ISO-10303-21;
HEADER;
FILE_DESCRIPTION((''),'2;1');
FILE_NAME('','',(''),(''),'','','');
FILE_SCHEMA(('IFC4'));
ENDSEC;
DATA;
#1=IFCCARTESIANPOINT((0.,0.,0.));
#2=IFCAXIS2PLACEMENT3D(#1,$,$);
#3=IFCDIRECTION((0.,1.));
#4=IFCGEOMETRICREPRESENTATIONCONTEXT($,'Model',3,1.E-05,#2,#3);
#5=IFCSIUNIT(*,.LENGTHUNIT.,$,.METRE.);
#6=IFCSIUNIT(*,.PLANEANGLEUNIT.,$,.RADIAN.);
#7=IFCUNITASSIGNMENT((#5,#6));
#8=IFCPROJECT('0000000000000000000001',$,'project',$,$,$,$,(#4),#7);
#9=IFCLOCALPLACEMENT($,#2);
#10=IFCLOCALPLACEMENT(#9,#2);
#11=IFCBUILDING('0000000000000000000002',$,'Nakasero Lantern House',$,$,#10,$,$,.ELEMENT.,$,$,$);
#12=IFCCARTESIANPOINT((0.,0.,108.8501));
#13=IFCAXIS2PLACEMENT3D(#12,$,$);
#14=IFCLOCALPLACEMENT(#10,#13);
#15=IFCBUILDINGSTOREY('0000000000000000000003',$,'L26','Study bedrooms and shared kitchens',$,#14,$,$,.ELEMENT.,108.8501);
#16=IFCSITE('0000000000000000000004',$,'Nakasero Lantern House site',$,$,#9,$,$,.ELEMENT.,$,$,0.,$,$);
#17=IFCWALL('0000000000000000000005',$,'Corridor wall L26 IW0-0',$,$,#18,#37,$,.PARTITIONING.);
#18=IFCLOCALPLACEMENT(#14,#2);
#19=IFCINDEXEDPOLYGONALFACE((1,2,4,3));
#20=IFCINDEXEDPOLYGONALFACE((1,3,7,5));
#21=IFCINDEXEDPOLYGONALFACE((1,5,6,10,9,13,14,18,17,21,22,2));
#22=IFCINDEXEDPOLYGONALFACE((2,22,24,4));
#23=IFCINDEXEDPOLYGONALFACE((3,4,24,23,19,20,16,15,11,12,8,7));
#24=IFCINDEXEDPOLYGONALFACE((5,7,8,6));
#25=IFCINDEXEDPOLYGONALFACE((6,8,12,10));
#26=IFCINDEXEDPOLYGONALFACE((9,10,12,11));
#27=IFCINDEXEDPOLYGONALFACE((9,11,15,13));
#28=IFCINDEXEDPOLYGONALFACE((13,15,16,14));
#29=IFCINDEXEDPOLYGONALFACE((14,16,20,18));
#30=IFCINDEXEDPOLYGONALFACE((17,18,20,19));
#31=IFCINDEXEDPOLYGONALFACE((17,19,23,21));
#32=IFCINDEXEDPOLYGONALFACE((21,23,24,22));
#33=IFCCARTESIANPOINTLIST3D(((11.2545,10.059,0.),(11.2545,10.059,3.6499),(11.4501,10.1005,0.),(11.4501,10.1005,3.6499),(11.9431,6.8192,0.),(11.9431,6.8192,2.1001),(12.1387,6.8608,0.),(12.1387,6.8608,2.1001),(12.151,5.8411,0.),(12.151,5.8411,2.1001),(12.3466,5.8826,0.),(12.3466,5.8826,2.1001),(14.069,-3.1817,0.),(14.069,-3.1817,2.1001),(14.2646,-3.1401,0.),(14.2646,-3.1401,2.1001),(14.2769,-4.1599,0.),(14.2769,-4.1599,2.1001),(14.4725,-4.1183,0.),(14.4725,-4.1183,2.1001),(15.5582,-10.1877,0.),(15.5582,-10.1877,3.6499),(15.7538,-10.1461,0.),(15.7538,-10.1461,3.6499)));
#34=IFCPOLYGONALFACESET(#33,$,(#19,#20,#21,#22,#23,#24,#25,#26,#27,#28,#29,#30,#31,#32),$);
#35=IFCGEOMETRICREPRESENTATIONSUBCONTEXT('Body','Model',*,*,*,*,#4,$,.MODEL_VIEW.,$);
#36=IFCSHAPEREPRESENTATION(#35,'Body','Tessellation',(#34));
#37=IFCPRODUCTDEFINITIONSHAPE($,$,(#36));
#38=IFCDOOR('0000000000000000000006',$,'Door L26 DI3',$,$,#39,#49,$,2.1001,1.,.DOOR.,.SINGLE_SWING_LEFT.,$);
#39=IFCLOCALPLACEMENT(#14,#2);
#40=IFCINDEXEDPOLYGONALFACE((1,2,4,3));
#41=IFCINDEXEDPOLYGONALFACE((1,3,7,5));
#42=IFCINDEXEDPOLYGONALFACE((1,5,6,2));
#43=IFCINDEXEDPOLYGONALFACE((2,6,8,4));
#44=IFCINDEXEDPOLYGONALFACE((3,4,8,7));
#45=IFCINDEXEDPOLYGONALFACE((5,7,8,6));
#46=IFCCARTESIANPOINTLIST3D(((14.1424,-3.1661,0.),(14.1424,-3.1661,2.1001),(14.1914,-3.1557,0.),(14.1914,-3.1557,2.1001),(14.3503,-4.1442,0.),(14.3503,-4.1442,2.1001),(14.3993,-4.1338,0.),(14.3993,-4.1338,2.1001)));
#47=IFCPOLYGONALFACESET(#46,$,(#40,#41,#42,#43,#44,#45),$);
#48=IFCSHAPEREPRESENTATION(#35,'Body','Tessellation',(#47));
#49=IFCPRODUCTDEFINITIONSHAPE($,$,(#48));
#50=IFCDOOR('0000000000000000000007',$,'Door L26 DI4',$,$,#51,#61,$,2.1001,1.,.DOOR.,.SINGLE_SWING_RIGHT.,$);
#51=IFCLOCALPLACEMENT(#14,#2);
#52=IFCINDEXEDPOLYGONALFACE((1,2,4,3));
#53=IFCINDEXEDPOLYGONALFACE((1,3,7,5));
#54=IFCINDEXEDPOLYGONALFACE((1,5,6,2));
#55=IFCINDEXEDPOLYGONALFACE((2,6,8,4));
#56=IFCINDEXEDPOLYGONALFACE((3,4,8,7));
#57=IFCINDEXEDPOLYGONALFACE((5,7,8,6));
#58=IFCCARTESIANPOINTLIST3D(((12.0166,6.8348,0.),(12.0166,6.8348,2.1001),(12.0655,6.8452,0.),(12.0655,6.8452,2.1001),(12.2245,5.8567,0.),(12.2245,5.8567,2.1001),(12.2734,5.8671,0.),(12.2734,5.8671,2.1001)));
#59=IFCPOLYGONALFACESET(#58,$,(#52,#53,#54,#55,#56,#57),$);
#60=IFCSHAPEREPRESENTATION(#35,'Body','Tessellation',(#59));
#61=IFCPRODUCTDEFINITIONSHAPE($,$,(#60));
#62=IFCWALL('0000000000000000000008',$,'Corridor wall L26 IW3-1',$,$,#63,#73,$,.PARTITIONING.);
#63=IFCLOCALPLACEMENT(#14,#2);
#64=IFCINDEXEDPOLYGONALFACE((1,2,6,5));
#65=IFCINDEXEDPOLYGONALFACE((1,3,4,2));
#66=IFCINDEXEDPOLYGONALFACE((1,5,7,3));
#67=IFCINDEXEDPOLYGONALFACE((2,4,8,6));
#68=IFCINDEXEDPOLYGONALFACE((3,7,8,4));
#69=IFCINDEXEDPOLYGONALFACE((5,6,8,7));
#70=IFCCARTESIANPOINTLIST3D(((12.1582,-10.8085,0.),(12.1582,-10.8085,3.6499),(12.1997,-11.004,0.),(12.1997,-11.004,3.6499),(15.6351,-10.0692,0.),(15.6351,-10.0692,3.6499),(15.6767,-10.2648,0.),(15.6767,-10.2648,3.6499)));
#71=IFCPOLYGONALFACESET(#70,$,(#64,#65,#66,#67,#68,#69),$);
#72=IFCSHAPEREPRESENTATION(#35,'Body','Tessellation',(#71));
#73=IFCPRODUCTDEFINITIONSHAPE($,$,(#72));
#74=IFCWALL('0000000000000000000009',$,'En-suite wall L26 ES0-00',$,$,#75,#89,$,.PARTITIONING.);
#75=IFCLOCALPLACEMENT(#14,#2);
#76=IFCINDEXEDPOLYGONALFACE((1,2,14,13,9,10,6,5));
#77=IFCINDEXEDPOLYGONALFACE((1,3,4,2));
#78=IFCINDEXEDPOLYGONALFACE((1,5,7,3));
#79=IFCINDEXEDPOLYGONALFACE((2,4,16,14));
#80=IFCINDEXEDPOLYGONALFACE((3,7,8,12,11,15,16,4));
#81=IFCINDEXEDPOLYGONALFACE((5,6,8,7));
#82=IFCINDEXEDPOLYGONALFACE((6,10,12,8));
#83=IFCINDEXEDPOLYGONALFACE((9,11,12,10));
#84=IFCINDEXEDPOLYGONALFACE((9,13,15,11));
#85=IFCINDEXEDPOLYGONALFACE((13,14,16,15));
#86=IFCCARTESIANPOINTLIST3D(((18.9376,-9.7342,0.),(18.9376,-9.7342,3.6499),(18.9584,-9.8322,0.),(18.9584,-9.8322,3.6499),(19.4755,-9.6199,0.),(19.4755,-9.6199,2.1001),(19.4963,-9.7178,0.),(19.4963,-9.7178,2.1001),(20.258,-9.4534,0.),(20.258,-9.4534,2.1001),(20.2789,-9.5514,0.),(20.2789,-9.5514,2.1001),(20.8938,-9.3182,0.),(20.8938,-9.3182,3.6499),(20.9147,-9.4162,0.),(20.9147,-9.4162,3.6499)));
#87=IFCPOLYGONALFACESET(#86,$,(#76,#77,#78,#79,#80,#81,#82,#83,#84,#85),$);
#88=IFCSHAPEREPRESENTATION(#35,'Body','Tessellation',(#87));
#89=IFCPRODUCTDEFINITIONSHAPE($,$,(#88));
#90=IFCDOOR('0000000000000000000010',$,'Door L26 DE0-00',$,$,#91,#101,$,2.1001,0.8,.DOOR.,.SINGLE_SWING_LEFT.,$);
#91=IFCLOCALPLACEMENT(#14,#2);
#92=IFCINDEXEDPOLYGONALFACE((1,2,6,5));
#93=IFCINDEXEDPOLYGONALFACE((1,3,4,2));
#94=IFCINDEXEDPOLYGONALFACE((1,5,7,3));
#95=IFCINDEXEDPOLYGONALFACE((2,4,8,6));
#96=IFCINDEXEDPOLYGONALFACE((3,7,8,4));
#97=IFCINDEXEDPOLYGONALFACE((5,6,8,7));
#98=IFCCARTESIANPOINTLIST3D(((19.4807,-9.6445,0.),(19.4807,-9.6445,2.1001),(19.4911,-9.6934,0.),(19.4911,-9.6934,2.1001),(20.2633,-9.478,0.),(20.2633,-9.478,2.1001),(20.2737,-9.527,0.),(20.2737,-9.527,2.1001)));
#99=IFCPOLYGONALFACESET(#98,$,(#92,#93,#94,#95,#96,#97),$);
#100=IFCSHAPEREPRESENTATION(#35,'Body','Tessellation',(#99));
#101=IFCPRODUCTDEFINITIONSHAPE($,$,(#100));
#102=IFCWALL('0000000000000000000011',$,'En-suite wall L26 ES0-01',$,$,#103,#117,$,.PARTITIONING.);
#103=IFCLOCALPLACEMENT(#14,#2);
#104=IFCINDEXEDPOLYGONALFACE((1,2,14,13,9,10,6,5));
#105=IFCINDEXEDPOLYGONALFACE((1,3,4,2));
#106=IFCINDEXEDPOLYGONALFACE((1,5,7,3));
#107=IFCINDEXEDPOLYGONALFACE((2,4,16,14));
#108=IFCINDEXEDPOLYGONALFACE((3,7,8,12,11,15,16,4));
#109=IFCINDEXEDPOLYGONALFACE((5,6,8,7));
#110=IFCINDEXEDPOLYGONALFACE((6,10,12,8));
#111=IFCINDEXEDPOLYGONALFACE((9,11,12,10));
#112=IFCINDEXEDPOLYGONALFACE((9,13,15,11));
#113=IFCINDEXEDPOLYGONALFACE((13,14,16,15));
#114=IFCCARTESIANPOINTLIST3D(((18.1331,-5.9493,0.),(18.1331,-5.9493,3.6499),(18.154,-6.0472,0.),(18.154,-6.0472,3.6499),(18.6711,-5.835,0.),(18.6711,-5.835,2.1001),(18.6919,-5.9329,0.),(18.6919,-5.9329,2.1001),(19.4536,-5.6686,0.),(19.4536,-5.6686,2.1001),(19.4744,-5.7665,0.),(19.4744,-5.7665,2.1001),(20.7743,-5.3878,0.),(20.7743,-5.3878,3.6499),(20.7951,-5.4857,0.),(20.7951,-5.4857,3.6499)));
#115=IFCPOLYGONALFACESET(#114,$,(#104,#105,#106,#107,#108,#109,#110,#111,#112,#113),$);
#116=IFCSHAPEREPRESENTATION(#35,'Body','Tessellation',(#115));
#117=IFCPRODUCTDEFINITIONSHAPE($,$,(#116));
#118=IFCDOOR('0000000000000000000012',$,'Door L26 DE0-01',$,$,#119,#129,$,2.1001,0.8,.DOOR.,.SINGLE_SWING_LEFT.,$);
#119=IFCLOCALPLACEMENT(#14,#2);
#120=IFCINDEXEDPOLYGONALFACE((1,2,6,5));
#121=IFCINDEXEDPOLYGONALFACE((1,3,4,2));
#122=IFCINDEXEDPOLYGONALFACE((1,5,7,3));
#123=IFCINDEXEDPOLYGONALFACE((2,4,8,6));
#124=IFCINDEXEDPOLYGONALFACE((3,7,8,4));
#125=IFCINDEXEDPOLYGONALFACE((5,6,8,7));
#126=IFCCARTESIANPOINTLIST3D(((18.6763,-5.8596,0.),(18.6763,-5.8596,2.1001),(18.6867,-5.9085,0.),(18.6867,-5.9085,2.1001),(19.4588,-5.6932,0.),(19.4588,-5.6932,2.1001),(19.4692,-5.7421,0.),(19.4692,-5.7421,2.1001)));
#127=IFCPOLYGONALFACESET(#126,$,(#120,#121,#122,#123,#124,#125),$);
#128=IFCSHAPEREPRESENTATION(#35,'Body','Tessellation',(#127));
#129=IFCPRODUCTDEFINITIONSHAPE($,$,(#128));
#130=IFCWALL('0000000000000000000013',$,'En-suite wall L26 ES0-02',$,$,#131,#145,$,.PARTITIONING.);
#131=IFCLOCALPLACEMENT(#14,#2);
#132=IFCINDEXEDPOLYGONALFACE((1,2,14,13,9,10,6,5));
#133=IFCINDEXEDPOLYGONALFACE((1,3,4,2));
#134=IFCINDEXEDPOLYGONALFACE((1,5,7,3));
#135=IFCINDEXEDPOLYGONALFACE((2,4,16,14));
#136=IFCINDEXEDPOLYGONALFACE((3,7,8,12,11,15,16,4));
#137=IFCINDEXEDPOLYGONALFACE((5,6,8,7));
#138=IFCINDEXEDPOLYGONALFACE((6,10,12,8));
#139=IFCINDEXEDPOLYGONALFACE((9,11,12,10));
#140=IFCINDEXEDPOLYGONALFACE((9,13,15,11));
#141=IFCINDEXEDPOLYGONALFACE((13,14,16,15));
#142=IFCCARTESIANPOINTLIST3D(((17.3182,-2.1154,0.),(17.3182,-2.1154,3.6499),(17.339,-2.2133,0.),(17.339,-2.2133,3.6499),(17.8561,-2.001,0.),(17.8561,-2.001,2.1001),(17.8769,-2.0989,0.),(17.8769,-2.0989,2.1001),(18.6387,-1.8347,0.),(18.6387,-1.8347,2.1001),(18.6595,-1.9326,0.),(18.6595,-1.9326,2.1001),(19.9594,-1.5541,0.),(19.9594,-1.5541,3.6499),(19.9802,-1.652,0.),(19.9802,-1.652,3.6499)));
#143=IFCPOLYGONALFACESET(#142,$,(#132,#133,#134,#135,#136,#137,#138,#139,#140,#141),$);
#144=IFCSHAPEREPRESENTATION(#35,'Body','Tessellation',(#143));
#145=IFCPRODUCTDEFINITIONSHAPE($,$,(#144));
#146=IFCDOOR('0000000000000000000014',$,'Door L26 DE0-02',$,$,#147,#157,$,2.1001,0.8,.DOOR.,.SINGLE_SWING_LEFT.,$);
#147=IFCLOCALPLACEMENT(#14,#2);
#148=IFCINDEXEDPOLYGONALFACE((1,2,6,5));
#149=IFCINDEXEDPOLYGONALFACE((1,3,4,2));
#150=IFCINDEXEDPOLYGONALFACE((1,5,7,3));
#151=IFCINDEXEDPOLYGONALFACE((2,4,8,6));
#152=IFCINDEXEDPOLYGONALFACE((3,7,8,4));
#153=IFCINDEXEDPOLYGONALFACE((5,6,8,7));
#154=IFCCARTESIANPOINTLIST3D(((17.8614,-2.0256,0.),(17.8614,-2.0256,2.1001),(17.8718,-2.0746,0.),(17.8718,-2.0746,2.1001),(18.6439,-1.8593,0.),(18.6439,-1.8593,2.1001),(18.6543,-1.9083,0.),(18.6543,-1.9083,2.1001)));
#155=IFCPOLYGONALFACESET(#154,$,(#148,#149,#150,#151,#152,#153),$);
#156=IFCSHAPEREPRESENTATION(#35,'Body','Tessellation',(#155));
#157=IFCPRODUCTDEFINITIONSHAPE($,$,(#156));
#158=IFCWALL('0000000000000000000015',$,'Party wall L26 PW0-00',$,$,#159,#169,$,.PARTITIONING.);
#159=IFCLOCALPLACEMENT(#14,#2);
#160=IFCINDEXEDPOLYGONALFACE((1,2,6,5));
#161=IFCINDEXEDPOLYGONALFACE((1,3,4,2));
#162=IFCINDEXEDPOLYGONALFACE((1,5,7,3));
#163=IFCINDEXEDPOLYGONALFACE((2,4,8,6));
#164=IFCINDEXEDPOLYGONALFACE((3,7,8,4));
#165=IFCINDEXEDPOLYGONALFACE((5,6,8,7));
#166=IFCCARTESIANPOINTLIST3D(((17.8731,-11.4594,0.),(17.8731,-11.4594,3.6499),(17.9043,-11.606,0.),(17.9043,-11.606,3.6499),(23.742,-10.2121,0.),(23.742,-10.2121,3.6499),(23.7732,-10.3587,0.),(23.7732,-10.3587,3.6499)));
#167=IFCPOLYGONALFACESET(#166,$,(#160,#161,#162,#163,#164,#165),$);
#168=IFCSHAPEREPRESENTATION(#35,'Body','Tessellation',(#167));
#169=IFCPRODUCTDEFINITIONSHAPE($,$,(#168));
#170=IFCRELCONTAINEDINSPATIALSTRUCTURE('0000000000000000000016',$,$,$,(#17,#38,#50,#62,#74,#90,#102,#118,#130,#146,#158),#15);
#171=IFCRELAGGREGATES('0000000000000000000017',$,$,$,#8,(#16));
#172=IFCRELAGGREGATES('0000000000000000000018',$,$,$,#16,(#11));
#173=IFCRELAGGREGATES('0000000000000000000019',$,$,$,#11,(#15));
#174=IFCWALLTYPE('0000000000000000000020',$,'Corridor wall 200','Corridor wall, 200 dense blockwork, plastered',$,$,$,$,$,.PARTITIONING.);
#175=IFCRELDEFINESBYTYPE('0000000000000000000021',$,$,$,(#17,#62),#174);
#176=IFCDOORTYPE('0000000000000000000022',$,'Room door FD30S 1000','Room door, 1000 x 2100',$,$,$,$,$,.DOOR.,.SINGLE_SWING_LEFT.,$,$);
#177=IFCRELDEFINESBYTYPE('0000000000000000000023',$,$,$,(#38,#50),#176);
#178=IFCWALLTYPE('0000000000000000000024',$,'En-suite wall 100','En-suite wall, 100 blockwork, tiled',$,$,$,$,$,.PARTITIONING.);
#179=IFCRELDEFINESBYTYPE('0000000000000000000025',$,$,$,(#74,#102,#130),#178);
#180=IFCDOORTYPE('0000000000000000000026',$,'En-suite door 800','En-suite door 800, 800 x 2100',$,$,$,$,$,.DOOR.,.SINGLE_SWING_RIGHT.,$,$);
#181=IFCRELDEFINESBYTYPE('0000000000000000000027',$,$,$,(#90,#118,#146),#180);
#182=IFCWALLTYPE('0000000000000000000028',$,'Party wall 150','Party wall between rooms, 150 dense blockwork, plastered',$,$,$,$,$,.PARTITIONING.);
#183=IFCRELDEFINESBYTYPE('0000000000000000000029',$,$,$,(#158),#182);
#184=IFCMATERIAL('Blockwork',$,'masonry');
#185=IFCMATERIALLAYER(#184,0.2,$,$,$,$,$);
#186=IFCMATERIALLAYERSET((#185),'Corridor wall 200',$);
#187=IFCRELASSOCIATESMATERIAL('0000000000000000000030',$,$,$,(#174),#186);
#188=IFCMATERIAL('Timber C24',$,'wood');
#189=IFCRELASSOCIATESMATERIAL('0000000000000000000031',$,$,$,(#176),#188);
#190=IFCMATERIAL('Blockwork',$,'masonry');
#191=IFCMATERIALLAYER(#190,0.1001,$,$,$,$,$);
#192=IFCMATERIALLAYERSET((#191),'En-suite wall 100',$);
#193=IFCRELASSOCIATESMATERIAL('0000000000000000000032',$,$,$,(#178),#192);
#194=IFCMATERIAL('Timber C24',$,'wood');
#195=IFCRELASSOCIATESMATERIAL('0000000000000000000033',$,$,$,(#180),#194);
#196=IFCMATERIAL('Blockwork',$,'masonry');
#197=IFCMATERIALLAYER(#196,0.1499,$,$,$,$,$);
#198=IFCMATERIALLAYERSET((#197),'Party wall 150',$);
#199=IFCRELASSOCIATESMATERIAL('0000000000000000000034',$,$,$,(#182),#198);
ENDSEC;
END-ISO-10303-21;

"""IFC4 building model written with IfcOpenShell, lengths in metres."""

from ifc_helpers import new_model, si_unit, direction, frame, frame_2d, origin, place, context, subcontext, project, spatial, rectangle, extrude, material, layer, layer_set, type_object, element, fill, save


model = new_model("IFC4")

# Units and contexts
model_context = context("Model", 3, precision=1e-05, world=origin(), true_north=direction((0.0, 1.0)))
body_context = subcontext(model_context, "Body", "Model", "MODEL_VIEW")
ifc_project = project(units=[si_unit("LENGTHUNIT", "METRE"), si_unit("PLANEANGLEUNIT", "RADIAN")], contexts=[model_context])

# Site, building, storey
site_placement = place(None, origin())
site = spatial("IfcSite", under=ifc_project, at=site_placement, Name="Nakasero Lantern House site", CompositionType="ELEMENT", RefElevation=0.0)
building_placement = place(site_placement, origin())
building = spatial("IfcBuilding", under=site, at=building_placement, Name="Nakasero Lantern House", CompositionType="ELEMENT")
storey_placement = place(building_placement, frame((0.0, 0.0, 108.8501)))
storey = spatial("IfcBuildingStorey", under=building, at=storey_placement, Name="L26", Description="Study bedrooms and shared kitchens", CompositionType="ELEMENT", Elevation=108.8501)

# Wall, openings, doors
ifc_material_1 = material(Name="Blockwork", Category="masonry")
ifc_layer_1 = layer(ifc_material_1, 0.2)
ifc_layer_set_1 = layer_set([ifc_layer_1], Name="Corridor wall 200")
wall_type_1 = type_object("IfcWallType", Name="Corridor wall 200", Description="Corridor wall, 200 dense blockwork, plastered", PredefinedType="PARTITIONING", material=ifc_layer_set_1)
wall_1_placement = place(storey_placement, frame((15.656, -10.167, 0.0), z_axis=(0.0, 0.0, 1.0), x_axis=(-0.207919, 0.978146, 0.0)))
wall_1 = element("IfcWall", 1, at=wall_1_placement, inside=storey, type_object=wall_type_1, Name="Corridor wall L26 IW0-0", PredefinedType="PARTITIONING", context=body_context, shape_type="SweptSolid", body=[
    extrude(rectangle(XDim=20.699, YDim=0.2, at=frame_2d((10.3496, 0.0))), origin(), (0.0, 0.0, 1.0), 3.6499),
])
opening_1_placement = place(wall_1_placement, frame((6.1626, 0.0, 0.0)))
opening_1 = element("IfcOpeningElement", 2, at=opening_1_placement, cuts=wall_1, PredefinedType="OPENING", context=body_context, shape_type="SweptSolid", body=[
    extrude(rectangle(XDim=1.0, YDim=2.1001, at=frame_2d((0.5, 1.05))), frame((0.0, 0.1199, 0.0), z_axis=(0.0, -1.0, 0.0), x_axis=(1.0, 0.0, 0.0)), (0.0, 0.0, 1.0), 0.24),
])
opening_2_placement = place(wall_1_placement, frame((16.387, 0.0, 0.0)))
opening_2 = element("IfcOpeningElement", 3, at=opening_2_placement, cuts=wall_1, PredefinedType="OPENING", context=body_context, shape_type="SweptSolid", body=[
    extrude(rectangle(XDim=1.0, YDim=2.1001, at=frame_2d((0.5, 1.05))), frame((0.0, 0.1199, 0.0), z_axis=(0.0, -1.0, 0.0), x_axis=(1.0, 0.0, 0.0)), (0.0, 0.0, 1.0), 0.24),
])
ifc_material_2 = material(Name="Timber C24", Category="wood")
door_type_1 = type_object("IfcDoorType", Name="Room door FD30S 1000", Description="Room door, 1000 x 2100", OperationType="SINGLE_SWING_LEFT", PredefinedType="DOOR", material=ifc_material_2)
door_1_placement = place(opening_1_placement, origin())
door_1 = element("IfcDoor", 4, at=door_1_placement, inside=storey, type_object=door_type_1, Name="Door L26 DI3", OperationType="SINGLE_SWING_LEFT", OverallHeight=2.1001, OverallWidth=1.0, PredefinedType="DOOR", context=body_context, shape_type="SweptSolid", body=[
    extrude(rectangle(XDim=1.0, YDim=2.1001, at=frame_2d((0.5, 1.05))), frame((0.0, 0.0249, 0.0), z_axis=(0.0, -1.0, 0.0), x_axis=(1.0, 0.0, 0.0)), (0.0, 0.0, 1.0), 0.05),
])
fill(opening_1, door_1)
door_2_placement = place(opening_2_placement, origin())
door_2 = element("IfcDoor", 5, at=door_2_placement, inside=storey, type_object=door_type_1, Name="Door L26 DI4", OperationType="SINGLE_SWING_RIGHT", OverallHeight=2.1001, OverallWidth=1.0, PredefinedType="DOOR", context=body_context, shape_type="SweptSolid", body=[
    extrude(rectangle(XDim=1.0, YDim=2.1001, at=frame_2d((0.5, 1.05))), frame((0.0, 0.0249, 0.0), z_axis=(0.0, -1.0, 0.0), x_axis=(1.0, 0.0, 0.0)), (0.0, 0.0, 1.0), 0.05),
])
fill(opening_2, door_2)

# Wall
wall_2_placement = place(storey_placement, frame((12.179, -10.9062, 0.0), z_axis=(0.0, 0.0, 1.0), x_axis=(0.978137, 0.207962, 0.0)))
element("IfcWall", 6, at=wall_2_placement, inside=storey, type_object=wall_type_1, Name="Corridor wall L26 IW3-1", PredefinedType="PARTITIONING", context=body_context, shape_type="SweptSolid", body=[
    extrude(rectangle(XDim=3.5547, YDim=0.2, at=frame_2d((1.7773, 0.0))), origin(), (0.0, 0.0, 1.0), 3.6499),
])

# Walls, openings, doors
ifc_material_3 = material(Name="Blockwork", Category="masonry")
ifc_layer_2 = layer(ifc_material_3, 0.1001)
ifc_layer_set_2 = layer_set([ifc_layer_2], Name="En-suite wall 100")
wall_type_2 = type_object("IfcWallType", Name="En-suite wall 100", Description="En-suite wall, 100 blockwork, tiled", PredefinedType="PARTITIONING", material=ifc_layer_set_2)
wall_3_placement = place(storey_placement, frame((18.948, -9.7832, 0.0), z_axis=(0.0, 0.0, 1.0), x_axis=(0.978128, 0.208003, 0.0)))
wall_3 = element("IfcWall", 7, at=wall_3_placement, inside=storey, type_object=wall_type_2, Name="En-suite wall L26 ES0-00", PredefinedType="PARTITIONING", context=body_context, shape_type="SweptSolid", body=[
    extrude(rectangle(XDim=2.0, YDim=0.1001, at=frame_2d((1.0, 0.0))), origin(), (0.0, 0.0, 1.0), 3.6499),
])
opening_3_placement = place(wall_3_placement, frame((0.55, 0.0, 0.0)))
opening_3 = element("IfcOpeningElement", 8, at=opening_3_placement, cuts=wall_3, PredefinedType="OPENING", context=body_context, shape_type="SweptSolid", body=[
    extrude(rectangle(XDim=0.8, YDim=2.1001, at=frame_2d((0.3999, 1.05))), frame((0.0, 0.0701, 0.0), z_axis=(0.0, -1.0, 0.0), x_axis=(1.0, 0.0, 0.0)), (0.0, 0.0, 1.0), 0.1401),
])
ifc_material_4 = material(Name="Timber C24", Category="wood")
door_type_2 = type_object("IfcDoorType", Name="En-suite door 800", Description="En-suite door 800, 800 x 2100", OperationType="SINGLE_SWING_RIGHT", PredefinedType="DOOR", material=ifc_material_4)
door_3_placement = place(opening_3_placement, origin())
door_3 = element("IfcDoor", 9, at=door_3_placement, inside=storey, type_object=door_type_2, Name="Door L26 DE0-00", OperationType="SINGLE_SWING_LEFT", OverallHeight=2.1001, OverallWidth=0.8, PredefinedType="DOOR", context=body_context, shape_type="SweptSolid", body=[
    extrude(rectangle(XDim=0.8, YDim=2.1001, at=frame_2d((0.3999, 1.05))), frame((0.0, 0.0249, 0.0), z_axis=(0.0, -1.0, 0.0), x_axis=(1.0, 0.0, 0.0)), (0.0, 0.0, 1.0), 0.05),
])
fill(opening_3, door_3)
wall_4_placement = place(storey_placement, frame((18.1436, -5.9983, 0.0), z_axis=(0.0, 0.0, 1.0), x_axis=(0.978137, 0.20796, 0.0)))
wall_4 = element("IfcWall", 10, at=wall_4_placement, inside=storey, type_object=wall_type_2, Name="En-suite wall L26 ES0-01", PredefinedType="PARTITIONING", context=body_context, shape_type="SweptSolid", body=[
    extrude(rectangle(XDim=2.7002, YDim=0.1001, at=frame_2d((1.3501, 0.0))), origin(), (0.0, 0.0, 1.0), 3.6499),
])
opening_4_placement = place(wall_4_placement, frame((0.55, 0.0, 0.0)))
opening_4 = element("IfcOpeningElement", 11, at=opening_4_placement, cuts=wall_4, PredefinedType="OPENING", context=body_context, shape_type="SweptSolid", body=[
    extrude(rectangle(XDim=0.8, YDim=2.1001, at=frame_2d((0.3999, 1.05))), frame((0.0, 0.0701, 0.0), z_axis=(0.0, -1.0, 0.0), x_axis=(1.0, 0.0, 0.0)), (0.0, 0.0, 1.0), 0.1401),
])
door_4_placement = place(opening_4_placement, origin())
door_4 = element("IfcDoor", 12, at=door_4_placement, inside=storey, type_object=door_type_2, Name="Door L26 DE0-01", OperationType="SINGLE_SWING_LEFT", OverallHeight=2.1001, OverallWidth=0.8, PredefinedType="DOOR", context=body_context, shape_type="SweptSolid", body=[
    extrude(rectangle(XDim=0.8, YDim=2.1001, at=frame_2d((0.3999, 1.05))), frame((0.0, 0.0249, 0.0), z_axis=(0.0, -1.0, 0.0), x_axis=(1.0, 0.0, 0.0)), (0.0, 0.0, 1.0), 0.05),
])
fill(opening_4, door_4)
wall_5_placement = place(storey_placement, frame((17.3286, -2.1643, 0.0), z_axis=(0.0, 0.0, 1.0), x_axis=(0.978156, 0.207874, 0.0)))
wall_5 = element("IfcWall", 13, at=wall_5_placement, inside=storey, type_object=wall_type_2, Name="En-suite wall L26 ES0-02", PredefinedType="PARTITIONING", context=body_context, shape_type="SweptSolid", body=[
    extrude(rectangle(XDim=2.7002, YDim=0.1001, at=frame_2d((1.3501, 0.0))), origin(), (0.0, 0.0, 1.0), 3.6499),
])
opening_5_placement = place(wall_5_placement, frame((0.55, 0.0, 0.0)))
opening_5 = element("IfcOpeningElement", 14, at=opening_5_placement, cuts=wall_5, PredefinedType="OPENING", context=body_context, shape_type="SweptSolid", body=[
    extrude(rectangle(XDim=0.8, YDim=2.1001, at=frame_2d((0.3999, 1.05))), frame((0.0, 0.0701, 0.0), z_axis=(0.0, -1.0, 0.0), x_axis=(1.0, 0.0, 0.0)), (0.0, 0.0, 1.0), 0.1401),
])
door_5_placement = place(opening_5_placement, origin())
door_5 = element("IfcDoor", 15, at=door_5_placement, inside=storey, type_object=door_type_2, Name="Door L26 DE0-02", OperationType="SINGLE_SWING_LEFT", OverallHeight=2.1001, OverallWidth=0.8, PredefinedType="DOOR", context=body_context, shape_type="SweptSolid", body=[
    extrude(rectangle(XDim=0.8, YDim=2.1001, at=frame_2d((0.3999, 1.05))), frame((0.0, 0.0249, 0.0), z_axis=(0.0, -1.0, 0.0), x_axis=(1.0, 0.0, 0.0)), (0.0, 0.0, 1.0), 0.05),
])
fill(opening_5, door_5)

# Wall
ifc_material_5 = material(Name="Blockwork", Category="masonry")
ifc_layer_3 = layer(ifc_material_5, 0.1499)
ifc_layer_set_3 = layer_set([ifc_layer_3], Name="Party wall 150")
wall_type_3 = type_object("IfcWallType", Name="Party wall 150", Description="Party wall between rooms, 150 dense blockwork, plastered", PredefinedType="PARTITIONING", material=ifc_layer_set_3)
wall_6_placement = place(storey_placement, frame((17.8887, -11.5327, 0.0), z_axis=(0.0, 0.0, 1.0), x_axis=(0.978153, 0.207886, 0.0)))
element("IfcWall", 16, at=wall_6_placement, inside=storey, type_object=wall_type_3, Name="Party wall L26 PW0-00", PredefinedType="PARTITIONING", context=body_context, shape_type="SweptSolid", body=[
    extrude(rectangle(XDim=6.0, YDim=0.1499, at=frame_2d((3.0, 0.0))), origin(), (0.0, 0.0, 1.0), 3.6499),
])

save(model, "model.ifc")
